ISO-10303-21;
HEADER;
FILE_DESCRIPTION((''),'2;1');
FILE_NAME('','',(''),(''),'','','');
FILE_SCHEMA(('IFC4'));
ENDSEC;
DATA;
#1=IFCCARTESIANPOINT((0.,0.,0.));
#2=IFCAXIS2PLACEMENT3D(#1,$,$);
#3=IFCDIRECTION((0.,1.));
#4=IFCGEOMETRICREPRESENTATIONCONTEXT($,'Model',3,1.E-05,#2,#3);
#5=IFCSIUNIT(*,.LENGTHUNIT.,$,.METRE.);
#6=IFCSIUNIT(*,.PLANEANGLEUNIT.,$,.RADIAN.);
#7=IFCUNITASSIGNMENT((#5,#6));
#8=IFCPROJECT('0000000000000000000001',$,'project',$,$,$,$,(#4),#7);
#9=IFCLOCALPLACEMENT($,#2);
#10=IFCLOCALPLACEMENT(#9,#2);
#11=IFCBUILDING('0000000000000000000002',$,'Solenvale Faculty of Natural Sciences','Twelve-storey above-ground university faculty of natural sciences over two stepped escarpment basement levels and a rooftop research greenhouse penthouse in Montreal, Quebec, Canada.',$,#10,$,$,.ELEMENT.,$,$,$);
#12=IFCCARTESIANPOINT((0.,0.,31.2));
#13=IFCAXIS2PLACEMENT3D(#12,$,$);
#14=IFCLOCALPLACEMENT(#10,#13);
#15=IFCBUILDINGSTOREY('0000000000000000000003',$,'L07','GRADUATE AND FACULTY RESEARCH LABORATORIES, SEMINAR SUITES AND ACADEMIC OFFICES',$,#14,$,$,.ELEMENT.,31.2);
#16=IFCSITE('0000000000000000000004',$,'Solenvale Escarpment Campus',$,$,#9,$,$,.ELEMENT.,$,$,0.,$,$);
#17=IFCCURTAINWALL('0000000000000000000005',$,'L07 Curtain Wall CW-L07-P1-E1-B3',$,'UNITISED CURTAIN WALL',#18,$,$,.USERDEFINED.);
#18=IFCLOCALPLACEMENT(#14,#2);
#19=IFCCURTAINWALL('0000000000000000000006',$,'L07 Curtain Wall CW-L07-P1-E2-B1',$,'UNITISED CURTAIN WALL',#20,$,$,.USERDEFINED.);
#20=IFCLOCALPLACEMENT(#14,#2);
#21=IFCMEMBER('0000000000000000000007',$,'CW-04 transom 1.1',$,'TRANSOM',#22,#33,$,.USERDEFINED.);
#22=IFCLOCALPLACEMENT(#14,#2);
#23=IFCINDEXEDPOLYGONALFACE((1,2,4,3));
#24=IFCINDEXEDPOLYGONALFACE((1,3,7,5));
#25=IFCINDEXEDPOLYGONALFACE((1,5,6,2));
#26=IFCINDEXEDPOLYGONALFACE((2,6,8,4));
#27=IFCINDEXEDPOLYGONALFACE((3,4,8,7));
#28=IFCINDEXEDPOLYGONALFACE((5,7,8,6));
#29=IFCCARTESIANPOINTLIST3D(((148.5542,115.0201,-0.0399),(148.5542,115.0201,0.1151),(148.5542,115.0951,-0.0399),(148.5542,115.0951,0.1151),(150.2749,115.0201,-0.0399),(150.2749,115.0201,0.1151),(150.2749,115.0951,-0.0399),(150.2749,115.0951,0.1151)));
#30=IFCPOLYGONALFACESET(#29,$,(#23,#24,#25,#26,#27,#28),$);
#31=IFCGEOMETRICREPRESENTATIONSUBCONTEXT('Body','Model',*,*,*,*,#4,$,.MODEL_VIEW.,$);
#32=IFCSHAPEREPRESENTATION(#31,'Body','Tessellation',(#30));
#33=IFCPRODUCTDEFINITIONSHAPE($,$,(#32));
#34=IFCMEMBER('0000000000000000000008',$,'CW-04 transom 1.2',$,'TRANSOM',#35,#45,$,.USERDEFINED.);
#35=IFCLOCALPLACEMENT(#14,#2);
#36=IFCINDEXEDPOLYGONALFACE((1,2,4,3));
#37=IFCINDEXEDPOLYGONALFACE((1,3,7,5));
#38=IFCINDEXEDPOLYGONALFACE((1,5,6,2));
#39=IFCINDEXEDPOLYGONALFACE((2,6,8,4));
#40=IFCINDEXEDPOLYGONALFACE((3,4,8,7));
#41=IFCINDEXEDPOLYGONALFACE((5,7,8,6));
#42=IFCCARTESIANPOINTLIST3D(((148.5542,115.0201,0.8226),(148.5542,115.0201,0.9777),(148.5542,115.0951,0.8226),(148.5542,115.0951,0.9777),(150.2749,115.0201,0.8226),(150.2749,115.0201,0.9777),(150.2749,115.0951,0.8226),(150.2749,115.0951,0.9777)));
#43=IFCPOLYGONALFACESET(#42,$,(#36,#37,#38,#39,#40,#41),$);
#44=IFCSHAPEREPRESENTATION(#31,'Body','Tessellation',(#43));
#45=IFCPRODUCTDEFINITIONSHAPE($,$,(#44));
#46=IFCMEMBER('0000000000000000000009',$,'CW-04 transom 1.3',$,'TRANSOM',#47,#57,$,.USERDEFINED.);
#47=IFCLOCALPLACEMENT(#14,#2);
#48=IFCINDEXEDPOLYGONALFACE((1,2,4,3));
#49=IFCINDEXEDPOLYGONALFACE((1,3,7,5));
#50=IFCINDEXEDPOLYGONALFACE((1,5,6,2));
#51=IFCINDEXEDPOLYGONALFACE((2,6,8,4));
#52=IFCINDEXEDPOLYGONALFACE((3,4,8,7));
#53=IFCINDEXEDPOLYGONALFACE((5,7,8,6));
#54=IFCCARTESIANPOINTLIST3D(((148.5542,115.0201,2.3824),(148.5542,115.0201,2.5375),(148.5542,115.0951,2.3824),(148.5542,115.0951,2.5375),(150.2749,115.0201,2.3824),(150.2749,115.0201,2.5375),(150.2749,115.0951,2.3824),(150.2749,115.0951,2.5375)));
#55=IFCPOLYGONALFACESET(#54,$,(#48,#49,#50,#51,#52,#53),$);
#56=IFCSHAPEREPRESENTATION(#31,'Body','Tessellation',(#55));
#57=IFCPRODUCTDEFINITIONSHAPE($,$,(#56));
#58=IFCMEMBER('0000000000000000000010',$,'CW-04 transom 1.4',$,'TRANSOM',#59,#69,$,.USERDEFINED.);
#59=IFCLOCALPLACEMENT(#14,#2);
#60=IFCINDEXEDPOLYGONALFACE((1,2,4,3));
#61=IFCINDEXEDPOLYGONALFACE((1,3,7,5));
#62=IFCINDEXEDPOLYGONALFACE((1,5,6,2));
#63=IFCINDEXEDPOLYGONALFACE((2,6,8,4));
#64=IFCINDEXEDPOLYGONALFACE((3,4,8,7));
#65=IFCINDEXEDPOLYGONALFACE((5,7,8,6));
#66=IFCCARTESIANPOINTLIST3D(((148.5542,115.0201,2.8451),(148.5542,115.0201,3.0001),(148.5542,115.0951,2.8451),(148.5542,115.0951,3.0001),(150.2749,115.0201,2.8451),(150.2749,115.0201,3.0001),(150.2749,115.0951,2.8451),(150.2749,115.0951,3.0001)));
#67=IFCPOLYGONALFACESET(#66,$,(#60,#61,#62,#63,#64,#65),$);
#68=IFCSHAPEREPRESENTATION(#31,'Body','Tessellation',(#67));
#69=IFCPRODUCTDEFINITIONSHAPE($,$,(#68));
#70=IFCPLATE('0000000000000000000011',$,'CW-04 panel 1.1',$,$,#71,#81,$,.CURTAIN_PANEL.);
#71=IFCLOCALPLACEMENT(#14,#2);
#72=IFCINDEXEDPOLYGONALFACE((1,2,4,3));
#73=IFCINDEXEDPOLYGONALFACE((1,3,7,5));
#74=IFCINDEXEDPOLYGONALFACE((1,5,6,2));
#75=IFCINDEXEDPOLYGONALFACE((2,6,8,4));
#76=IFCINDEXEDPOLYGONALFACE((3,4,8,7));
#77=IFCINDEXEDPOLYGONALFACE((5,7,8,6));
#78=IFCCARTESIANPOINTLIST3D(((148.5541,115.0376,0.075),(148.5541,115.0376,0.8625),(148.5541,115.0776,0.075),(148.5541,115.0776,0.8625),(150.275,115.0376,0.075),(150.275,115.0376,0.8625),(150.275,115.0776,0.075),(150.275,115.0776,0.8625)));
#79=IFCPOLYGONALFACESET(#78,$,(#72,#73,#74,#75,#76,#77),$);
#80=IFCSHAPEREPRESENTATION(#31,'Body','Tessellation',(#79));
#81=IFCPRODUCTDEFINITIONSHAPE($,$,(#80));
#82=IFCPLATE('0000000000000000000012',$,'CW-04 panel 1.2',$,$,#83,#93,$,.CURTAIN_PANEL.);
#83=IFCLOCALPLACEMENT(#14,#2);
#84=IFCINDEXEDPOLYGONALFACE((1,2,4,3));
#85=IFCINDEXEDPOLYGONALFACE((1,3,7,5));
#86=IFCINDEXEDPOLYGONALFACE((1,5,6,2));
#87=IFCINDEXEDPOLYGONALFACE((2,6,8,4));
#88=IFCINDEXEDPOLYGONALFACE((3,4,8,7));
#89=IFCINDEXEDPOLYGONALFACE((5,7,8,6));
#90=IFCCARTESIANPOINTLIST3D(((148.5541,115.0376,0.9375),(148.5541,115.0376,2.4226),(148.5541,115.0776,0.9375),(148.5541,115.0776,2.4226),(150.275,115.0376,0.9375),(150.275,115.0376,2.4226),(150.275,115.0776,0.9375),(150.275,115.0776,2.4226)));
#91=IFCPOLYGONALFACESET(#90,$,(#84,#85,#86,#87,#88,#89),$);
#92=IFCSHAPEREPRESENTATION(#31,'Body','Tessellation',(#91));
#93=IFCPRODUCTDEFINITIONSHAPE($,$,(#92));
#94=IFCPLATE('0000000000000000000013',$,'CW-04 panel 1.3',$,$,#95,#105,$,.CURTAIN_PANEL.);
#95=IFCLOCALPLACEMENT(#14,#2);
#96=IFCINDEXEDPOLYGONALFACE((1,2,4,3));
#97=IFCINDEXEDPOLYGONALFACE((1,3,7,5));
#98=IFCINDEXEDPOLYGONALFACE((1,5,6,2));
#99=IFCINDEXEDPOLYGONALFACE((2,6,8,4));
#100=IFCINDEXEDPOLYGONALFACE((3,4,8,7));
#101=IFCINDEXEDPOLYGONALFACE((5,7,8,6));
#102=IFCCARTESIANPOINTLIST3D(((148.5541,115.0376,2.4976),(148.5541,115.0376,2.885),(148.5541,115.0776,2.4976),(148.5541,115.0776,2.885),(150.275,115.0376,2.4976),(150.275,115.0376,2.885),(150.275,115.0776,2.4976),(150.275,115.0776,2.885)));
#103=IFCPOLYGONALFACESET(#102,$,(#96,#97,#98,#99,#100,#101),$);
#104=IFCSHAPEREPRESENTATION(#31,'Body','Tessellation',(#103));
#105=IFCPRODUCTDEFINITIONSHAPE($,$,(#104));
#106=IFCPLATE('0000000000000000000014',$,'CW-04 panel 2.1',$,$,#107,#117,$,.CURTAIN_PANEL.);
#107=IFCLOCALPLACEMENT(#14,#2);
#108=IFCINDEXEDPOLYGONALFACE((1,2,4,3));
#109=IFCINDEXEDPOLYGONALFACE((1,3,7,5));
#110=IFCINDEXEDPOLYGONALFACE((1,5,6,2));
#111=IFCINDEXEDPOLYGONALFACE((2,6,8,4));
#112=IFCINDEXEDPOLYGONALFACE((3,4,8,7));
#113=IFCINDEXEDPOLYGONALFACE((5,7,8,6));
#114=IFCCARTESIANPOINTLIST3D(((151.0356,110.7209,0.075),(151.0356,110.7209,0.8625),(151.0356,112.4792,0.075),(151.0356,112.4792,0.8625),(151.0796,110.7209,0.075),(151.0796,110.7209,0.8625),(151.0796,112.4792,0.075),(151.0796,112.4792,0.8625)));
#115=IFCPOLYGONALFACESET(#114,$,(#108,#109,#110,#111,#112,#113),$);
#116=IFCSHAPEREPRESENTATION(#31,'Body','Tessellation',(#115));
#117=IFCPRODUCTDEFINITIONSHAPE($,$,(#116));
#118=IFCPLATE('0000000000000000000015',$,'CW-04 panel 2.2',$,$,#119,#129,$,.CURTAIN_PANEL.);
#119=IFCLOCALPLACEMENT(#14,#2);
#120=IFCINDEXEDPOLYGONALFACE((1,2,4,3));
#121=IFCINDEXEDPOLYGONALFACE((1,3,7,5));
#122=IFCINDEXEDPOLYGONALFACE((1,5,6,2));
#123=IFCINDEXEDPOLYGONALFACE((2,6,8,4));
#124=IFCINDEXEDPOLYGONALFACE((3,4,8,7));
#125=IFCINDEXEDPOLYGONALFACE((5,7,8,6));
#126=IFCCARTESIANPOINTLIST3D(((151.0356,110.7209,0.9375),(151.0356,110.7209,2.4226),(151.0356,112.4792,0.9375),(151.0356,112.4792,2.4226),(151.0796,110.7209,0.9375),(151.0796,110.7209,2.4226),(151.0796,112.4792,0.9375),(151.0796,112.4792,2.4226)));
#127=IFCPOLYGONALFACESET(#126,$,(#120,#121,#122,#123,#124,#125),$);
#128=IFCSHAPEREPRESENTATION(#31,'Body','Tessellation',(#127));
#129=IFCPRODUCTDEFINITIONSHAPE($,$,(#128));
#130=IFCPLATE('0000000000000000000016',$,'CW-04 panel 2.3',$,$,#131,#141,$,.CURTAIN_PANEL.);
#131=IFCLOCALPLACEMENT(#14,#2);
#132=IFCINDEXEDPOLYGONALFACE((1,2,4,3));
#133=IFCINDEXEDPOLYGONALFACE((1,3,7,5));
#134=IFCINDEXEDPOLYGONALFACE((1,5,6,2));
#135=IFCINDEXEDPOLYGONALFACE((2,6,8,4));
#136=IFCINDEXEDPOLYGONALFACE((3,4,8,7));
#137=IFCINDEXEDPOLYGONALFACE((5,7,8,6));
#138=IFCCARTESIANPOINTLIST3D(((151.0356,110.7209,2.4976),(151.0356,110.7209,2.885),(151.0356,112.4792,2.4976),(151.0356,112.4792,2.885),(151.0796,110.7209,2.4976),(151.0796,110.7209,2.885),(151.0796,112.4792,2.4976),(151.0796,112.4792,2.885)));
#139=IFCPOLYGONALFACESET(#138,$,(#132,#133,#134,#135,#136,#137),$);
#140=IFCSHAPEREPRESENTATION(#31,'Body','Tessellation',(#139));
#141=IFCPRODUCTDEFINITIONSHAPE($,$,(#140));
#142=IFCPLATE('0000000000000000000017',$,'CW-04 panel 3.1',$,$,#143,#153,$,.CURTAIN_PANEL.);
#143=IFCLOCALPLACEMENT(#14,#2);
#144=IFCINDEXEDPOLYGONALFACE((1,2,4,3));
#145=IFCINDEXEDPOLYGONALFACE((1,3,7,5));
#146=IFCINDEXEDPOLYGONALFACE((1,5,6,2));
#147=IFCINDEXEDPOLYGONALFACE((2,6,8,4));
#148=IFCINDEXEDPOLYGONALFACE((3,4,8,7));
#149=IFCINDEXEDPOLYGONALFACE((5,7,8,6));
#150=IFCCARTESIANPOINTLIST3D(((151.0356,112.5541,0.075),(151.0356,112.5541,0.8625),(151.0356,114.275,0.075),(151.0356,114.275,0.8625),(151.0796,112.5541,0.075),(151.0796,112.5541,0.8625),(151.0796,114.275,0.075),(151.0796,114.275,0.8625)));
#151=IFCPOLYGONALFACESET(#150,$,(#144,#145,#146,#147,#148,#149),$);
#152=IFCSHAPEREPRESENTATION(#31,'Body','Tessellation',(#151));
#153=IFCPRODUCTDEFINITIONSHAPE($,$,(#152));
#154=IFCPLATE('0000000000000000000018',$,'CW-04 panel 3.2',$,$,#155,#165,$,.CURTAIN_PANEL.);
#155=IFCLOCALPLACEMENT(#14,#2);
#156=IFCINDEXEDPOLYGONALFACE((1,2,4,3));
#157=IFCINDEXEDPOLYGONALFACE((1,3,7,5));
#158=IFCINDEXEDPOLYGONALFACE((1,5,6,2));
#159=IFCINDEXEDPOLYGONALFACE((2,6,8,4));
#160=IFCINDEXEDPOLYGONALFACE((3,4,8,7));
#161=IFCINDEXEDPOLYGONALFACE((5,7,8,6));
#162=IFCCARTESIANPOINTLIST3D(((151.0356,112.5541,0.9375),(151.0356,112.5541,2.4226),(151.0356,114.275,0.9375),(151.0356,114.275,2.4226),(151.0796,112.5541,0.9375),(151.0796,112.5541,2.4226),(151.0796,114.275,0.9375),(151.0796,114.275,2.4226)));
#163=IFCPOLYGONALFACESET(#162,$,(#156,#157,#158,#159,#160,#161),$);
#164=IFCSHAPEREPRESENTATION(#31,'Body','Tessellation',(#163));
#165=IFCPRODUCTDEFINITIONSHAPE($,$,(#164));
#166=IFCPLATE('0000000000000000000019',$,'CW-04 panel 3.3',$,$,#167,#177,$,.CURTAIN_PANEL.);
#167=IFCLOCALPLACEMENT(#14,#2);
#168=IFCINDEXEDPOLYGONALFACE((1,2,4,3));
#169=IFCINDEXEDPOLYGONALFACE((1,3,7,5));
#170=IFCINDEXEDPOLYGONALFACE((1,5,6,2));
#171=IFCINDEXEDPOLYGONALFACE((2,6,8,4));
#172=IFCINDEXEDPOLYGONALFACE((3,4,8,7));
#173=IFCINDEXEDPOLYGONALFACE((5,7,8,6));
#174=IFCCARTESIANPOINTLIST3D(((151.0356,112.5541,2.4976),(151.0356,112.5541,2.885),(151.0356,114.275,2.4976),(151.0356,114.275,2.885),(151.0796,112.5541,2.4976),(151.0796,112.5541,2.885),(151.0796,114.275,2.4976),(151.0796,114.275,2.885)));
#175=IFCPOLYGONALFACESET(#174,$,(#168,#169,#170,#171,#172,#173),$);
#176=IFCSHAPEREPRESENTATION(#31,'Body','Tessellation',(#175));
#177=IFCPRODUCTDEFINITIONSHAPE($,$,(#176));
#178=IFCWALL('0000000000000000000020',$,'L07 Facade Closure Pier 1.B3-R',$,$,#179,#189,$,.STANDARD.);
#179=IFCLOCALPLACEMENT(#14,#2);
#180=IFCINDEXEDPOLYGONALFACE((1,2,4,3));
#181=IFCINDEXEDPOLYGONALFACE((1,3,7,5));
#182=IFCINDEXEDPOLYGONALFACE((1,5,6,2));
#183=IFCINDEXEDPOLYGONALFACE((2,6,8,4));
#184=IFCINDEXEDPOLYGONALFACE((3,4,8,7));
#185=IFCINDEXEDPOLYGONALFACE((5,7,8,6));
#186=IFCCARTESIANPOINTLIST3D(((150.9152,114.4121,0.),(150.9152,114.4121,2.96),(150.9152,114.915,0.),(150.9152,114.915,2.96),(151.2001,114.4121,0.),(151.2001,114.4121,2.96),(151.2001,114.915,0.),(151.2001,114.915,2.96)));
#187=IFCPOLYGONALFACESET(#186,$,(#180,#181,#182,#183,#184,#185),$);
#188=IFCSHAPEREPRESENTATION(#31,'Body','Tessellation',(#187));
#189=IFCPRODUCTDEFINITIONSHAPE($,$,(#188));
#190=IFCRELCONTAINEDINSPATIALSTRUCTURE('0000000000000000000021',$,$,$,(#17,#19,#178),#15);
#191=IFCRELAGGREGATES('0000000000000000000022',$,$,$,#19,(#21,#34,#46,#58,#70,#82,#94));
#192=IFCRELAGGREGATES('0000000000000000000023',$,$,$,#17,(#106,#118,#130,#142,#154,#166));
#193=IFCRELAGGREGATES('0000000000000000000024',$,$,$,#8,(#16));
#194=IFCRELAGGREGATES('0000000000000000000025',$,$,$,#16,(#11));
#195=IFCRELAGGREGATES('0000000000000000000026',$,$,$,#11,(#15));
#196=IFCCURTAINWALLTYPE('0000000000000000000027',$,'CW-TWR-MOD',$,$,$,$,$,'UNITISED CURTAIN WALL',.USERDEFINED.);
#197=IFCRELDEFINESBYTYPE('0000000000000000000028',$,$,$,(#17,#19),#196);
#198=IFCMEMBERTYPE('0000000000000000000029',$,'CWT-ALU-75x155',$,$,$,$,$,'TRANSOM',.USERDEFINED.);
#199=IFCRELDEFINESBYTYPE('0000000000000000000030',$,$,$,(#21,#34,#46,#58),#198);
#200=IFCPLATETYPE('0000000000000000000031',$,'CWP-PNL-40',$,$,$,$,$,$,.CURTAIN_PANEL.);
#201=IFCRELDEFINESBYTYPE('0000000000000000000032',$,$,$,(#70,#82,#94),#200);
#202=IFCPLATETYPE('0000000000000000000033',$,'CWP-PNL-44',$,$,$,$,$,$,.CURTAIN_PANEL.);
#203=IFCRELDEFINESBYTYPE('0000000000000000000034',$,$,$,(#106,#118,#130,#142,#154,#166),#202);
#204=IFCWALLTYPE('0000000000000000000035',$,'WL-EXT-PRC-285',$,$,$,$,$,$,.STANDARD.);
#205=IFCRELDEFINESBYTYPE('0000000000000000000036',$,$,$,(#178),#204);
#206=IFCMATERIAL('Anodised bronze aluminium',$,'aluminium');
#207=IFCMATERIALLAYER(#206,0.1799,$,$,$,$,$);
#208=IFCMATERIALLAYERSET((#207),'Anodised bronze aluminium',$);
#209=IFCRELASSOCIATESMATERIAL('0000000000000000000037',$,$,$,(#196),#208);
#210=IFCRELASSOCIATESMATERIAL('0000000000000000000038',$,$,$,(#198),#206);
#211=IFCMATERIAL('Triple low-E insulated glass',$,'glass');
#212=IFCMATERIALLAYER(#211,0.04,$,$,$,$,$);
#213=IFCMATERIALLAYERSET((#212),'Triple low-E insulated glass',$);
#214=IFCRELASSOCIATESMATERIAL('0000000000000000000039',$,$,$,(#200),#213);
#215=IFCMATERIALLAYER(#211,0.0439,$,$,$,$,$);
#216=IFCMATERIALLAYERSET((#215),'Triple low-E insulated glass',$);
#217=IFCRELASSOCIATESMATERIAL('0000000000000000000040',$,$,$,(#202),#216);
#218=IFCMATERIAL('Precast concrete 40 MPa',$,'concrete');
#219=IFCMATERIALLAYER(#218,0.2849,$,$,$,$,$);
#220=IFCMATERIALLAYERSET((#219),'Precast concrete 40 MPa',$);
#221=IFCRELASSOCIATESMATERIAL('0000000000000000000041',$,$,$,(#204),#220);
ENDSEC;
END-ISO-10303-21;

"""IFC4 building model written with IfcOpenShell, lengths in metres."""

from ifc_helpers import new_model, si_unit, direction, frame, frame_2d, origin, origin_2d, place, context, subcontext, project, spatial, rectangle, extrude, material, layer, layer_set, material_profile, profile_set, type_object, element, aggregate, save


model = new_model("IFC4")

# Units and contexts
model_context = context("Model", 3, precision=1e-05, world=origin(), true_north=direction((0.0, 1.0)))
body_context = subcontext(model_context, "Body", "Model", "MODEL_VIEW")
ifc_project = project(units=[si_unit("LENGTHUNIT", "METRE"), si_unit("PLANEANGLEUNIT", "RADIAN")], contexts=[model_context])

# Site, building, storey
site_placement = place(None, origin())
site = spatial("IfcSite", under=ifc_project, at=site_placement, Name="Solenvale Escarpment Campus", CompositionType="ELEMENT", RefElevation=0.0)
building_placement = place(site_placement, origin())
building = spatial("IfcBuilding", under=site, at=building_placement, Name="Solenvale Faculty of Natural Sciences", Description="Twelve-storey above-ground university faculty of natural sciences over two stepped escarpment basement levels and a rooftop research greenhouse penthouse in Montreal, Quebec, Canada.", CompositionType="ELEMENT")
storey_placement = place(building_placement, frame((0.0, 0.0, 31.2)))
storey = spatial("IfcBuildingStorey", under=building, at=storey_placement, Name="L07", Description="GRADUATE AND FACULTY RESEARCH LABORATORIES, SEMINAR SUITES AND ACADEMIC OFFICES", CompositionType="ELEMENT", Elevation=31.2)

# Curtain walls
ifc_material_1 = material(Name="Anodised bronze aluminium", Category="aluminium")
ifc_layer_1 = layer(ifc_material_1, 0.1799)
ifc_layer_set_1 = layer_set([ifc_layer_1], Name="Anodised bronze aluminium")
curtain_wall_type = type_object("IfcCurtainWallType", Name="CW-TWR-MOD", ElementType="UNITISED CURTAIN WALL", PredefinedType="USERDEFINED", material=ifc_layer_set_1)
curtain_wall_1_placement = place(storey_placement, origin())
curtain_wall_1 = element("IfcCurtainWall", 1, at=curtain_wall_1_placement, inside=storey, type_object=curtain_wall_type, Name="L07 Curtain Wall CW-L07-P1-E1-B3", ObjectType="UNITISED CURTAIN WALL", PredefinedType="USERDEFINED")
curtain_wall_2_placement = place(storey_placement, origin())
curtain_wall_2 = element("IfcCurtainWall", 2, at=curtain_wall_2_placement, inside=storey, type_object=curtain_wall_type, Name="L07 Curtain Wall CW-L07-P1-E2-B1", ObjectType="UNITISED CURTAIN WALL", PredefinedType="USERDEFINED")

# Members
ifc_material_profile_1 = material_profile(ifc_material_1, rectangle(XDim=0.075, YDim=0.155, at=origin_2d()), Name="ALU-TRN-75x155")
ifc_profile_set_1 = profile_set([ifc_material_profile_1], Name="Anodised bronze aluminium")
member_type_1 = type_object("IfcMemberType", Name="CWT-ALU-75x155", ElementType="TRANSOM", PredefinedType="USERDEFINED", material=ifc_profile_set_1)
member_1_placement = place(storey_placement, frame((150.2749, 115.0576, 0.0376), z_axis=(-1.0, 0.0, 0.0), x_axis=(0.0, -1.0, 0.0)))
member_1 = element("IfcMember", 3, at=member_1_placement, type_object=member_type_1, Name="CW-04 transom 1.1", ObjectType="TRANSOM", PredefinedType="USERDEFINED", context=body_context, shape_type="SweptSolid", body=[
    extrude(rectangle(XDim=0.075, YDim=0.155, at=origin_2d()), origin(), (0.0, 0.0, 1.0), 1.7207),
])
member_2_placement = place(storey_placement, frame((150.2749, 115.0576, 0.9001), z_axis=(-1.0, 0.0, 0.0), x_axis=(0.0, -1.0, 0.0)))
member_2 = element("IfcMember", 4, at=member_2_placement, type_object=member_type_1, Name="CW-04 transom 1.2", ObjectType="TRANSOM", PredefinedType="USERDEFINED", context=body_context, shape_type="SweptSolid", body=[
    extrude(rectangle(XDim=0.075, YDim=0.155, at=origin_2d()), origin(), (0.0, 0.0, 1.0), 1.7207),
])
member_3_placement = place(storey_placement, frame((150.2749, 115.0576, 2.46), z_axis=(-1.0, 0.0, 0.0), x_axis=(0.0, -1.0, 0.0)))
member_3 = element("IfcMember", 5, at=member_3_placement, type_object=member_type_1, Name="CW-04 transom 1.3", ObjectType="TRANSOM", PredefinedType="USERDEFINED", context=body_context, shape_type="SweptSolid", body=[
    extrude(rectangle(XDim=0.075, YDim=0.155, at=origin_2d()), origin(), (0.0, 0.0, 1.0), 1.7207),
])
member_4_placement = place(storey_placement, frame((150.2749, 115.0576, 2.9226), z_axis=(-1.0, 0.0, 0.0), x_axis=(0.0, -1.0, 0.0)))
member_4 = element("IfcMember", 6, at=member_4_placement, type_object=member_type_1, Name="CW-04 transom 1.4", ObjectType="TRANSOM", PredefinedType="USERDEFINED", context=body_context, shape_type="SweptSolid", body=[
    extrude(rectangle(XDim=0.075, YDim=0.155, at=origin_2d()), origin(), (0.0, 0.0, 1.0), 1.7207),
])

# Plates
ifc_material_2 = material(Name="Triple low-E insulated glass", Category="glass")
ifc_layer_2 = layer(ifc_material_2, 0.04)
ifc_layer_set_2 = layer_set([ifc_layer_2], Name="Triple low-E insulated glass")
plate_type_1 = type_object("IfcPlateType", Name="CWP-PNL-40", PredefinedType="CURTAIN_PANEL", material=ifc_layer_set_2)
plate_1_placement = place(storey_placement, frame((149.4146, 115.0576, 0.075), z_axis=(0.0, 0.0, 1.0), x_axis=(-1.0, 0.0, 0.0)))
plate_1 = element("IfcPlate", 7, at=plate_1_placement, type_object=plate_type_1, Name="CW-04 panel 1.1", PredefinedType="CURTAIN_PANEL", context=body_context, shape_type="SweptSolid", body=[
    extrude(rectangle(XDim=1.7209, YDim=0.04, at=origin_2d()), origin(), (0.0, 0.0, 1.0), 0.7876),
])
plate_2_placement = place(storey_placement, frame((149.4146, 115.0576, 0.9375), z_axis=(0.0, 0.0, 1.0), x_axis=(-1.0, 0.0, 0.0)))
plate_2 = element("IfcPlate", 8, at=plate_2_placement, type_object=plate_type_1, Name="CW-04 panel 1.2", PredefinedType="CURTAIN_PANEL", context=body_context, shape_type="SweptSolid", body=[
    extrude(rectangle(XDim=1.7209, YDim=0.04, at=origin_2d()), origin(), (0.0, 0.0, 1.0), 1.4851),
])
plate_3_placement = place(storey_placement, frame((149.4146, 115.0576, 2.4976), z_axis=(0.0, 0.0, 1.0), x_axis=(-1.0, 0.0, 0.0)))
plate_3 = element("IfcPlate", 9, at=plate_3_placement, type_object=plate_type_1, Name="CW-04 panel 1.3", PredefinedType="CURTAIN_PANEL", context=body_context, shape_type="SweptSolid", body=[
    extrude(rectangle(XDim=1.7209, YDim=0.04, at=origin_2d()), origin(), (0.0, 0.0, 1.0), 0.3875),
])
aggregate(curtain_wall_2, [member_1, member_2, member_3, member_4, plate_1, plate_2, plate_3])
ifc_layer_3 = layer(ifc_material_2, 0.0439)
ifc_layer_set_3 = layer_set([ifc_layer_3], Name="Triple low-E insulated glass")
plate_type_2 = type_object("IfcPlateType", Name="CWP-PNL-44", PredefinedType="CURTAIN_PANEL", material=ifc_layer_set_3)
plate_4_placement = place(storey_placement, frame((151.0576, 111.6001, 0.075), z_axis=(0.0, 0.0, 1.0), x_axis=(0.0, 1.0, 0.0)))
plate_4 = element("IfcPlate", 10, at=plate_4_placement, type_object=plate_type_2, Name="CW-04 panel 2.1", PredefinedType="CURTAIN_PANEL", context=body_context, shape_type="SweptSolid", body=[
    extrude(rectangle(XDim=1.7583, YDim=0.0439, at=origin_2d()), origin(), (0.0, 0.0, 1.0), 0.7876),
])
plate_5_placement = place(storey_placement, frame((151.0576, 111.6001, 0.9375), z_axis=(0.0, 0.0, 1.0), x_axis=(0.0, 1.0, 0.0)))
plate_5 = element("IfcPlate", 11, at=plate_5_placement, type_object=plate_type_2, Name="CW-04 panel 2.2", PredefinedType="CURTAIN_PANEL", context=body_context, shape_type="SweptSolid", body=[
    extrude(rectangle(XDim=1.7583, YDim=0.0439, at=origin_2d()), origin(), (0.0, 0.0, 1.0), 1.4851),
])
plate_6_placement = place(storey_placement, frame((151.0576, 111.6001, 2.4976), z_axis=(0.0, 0.0, 1.0), x_axis=(0.0, 1.0, 0.0)))
plate_6 = element("IfcPlate", 12, at=plate_6_placement, type_object=plate_type_2, Name="CW-04 panel 2.3", PredefinedType="CURTAIN_PANEL", context=body_context, shape_type="SweptSolid", body=[
    extrude(rectangle(XDim=1.7583, YDim=0.0439, at=origin_2d()), origin(), (0.0, 0.0, 1.0), 0.3875),
])
plate_7_placement = place(storey_placement, frame((151.0576, 113.4146, 0.075), z_axis=(0.0, 0.0, 1.0), x_axis=(0.0, 1.0, 0.0)))
plate_7 = element("IfcPlate", 13, at=plate_7_placement, type_object=plate_type_2, Name="CW-04 panel 3.1", PredefinedType="CURTAIN_PANEL", context=body_context, shape_type="SweptSolid", body=[
    extrude(rectangle(XDim=1.7209, YDim=0.0439, at=origin_2d()), origin(), (0.0, 0.0, 1.0), 0.7876),
])
plate_8_placement = place(storey_placement, frame((151.0576, 113.4146, 0.9375), z_axis=(0.0, 0.0, 1.0), x_axis=(0.0, 1.0, 0.0)))
plate_8 = element("IfcPlate", 14, at=plate_8_placement, type_object=plate_type_2, Name="CW-04 panel 3.2", PredefinedType="CURTAIN_PANEL", context=body_context, shape_type="SweptSolid", body=[
    extrude(rectangle(XDim=1.7209, YDim=0.0439, at=origin_2d()), origin(), (0.0, 0.0, 1.0), 1.4851),
])
plate_9_placement = place(storey_placement, frame((151.0576, 113.4146, 2.4976), z_axis=(0.0, 0.0, 1.0), x_axis=(0.0, 1.0, 0.0)))
plate_9 = element("IfcPlate", 15, at=plate_9_placement, type_object=plate_type_2, Name="CW-04 panel 3.3", PredefinedType="CURTAIN_PANEL", context=body_context, shape_type="SweptSolid", body=[
    extrude(rectangle(XDim=1.7209, YDim=0.0439, at=origin_2d()), origin(), (0.0, 0.0, 1.0), 0.3875),
])
aggregate(curtain_wall_1, [plate_4, plate_5, plate_6, plate_7, plate_8, plate_9])

# Wall
ifc_material_3 = material(Name="Precast concrete 40 MPa", Category="concrete")
ifc_layer_4 = layer(ifc_material_3, 0.2849)
ifc_layer_set_4 = layer_set([ifc_layer_4], Name="Precast concrete 40 MPa")
wall_type_1 = type_object("IfcWallType", Name="WL-EXT-PRC-285", PredefinedType="STANDARD", material=ifc_layer_set_4)
wall_1_placement = place(storey_placement, frame((151.0576, 114.4121, 0.0), z_axis=(0.0, 0.0, 1.0), x_axis=(0.0, 1.0, 0.0)))
element("IfcWall", 16, at=wall_1_placement, inside=storey, type_object=wall_type_1, Name="L07 Facade Closure Pier 1.B3-R", PredefinedType="STANDARD", context=body_context, shape_type="SweptSolid", body=[
    extrude(rectangle(XDim=0.5029, YDim=0.2849, at=frame_2d((0.2515, 0.0))), origin(), (0.0, 0.0, 1.0), 2.96),
])

save(model, "model.ifc")
